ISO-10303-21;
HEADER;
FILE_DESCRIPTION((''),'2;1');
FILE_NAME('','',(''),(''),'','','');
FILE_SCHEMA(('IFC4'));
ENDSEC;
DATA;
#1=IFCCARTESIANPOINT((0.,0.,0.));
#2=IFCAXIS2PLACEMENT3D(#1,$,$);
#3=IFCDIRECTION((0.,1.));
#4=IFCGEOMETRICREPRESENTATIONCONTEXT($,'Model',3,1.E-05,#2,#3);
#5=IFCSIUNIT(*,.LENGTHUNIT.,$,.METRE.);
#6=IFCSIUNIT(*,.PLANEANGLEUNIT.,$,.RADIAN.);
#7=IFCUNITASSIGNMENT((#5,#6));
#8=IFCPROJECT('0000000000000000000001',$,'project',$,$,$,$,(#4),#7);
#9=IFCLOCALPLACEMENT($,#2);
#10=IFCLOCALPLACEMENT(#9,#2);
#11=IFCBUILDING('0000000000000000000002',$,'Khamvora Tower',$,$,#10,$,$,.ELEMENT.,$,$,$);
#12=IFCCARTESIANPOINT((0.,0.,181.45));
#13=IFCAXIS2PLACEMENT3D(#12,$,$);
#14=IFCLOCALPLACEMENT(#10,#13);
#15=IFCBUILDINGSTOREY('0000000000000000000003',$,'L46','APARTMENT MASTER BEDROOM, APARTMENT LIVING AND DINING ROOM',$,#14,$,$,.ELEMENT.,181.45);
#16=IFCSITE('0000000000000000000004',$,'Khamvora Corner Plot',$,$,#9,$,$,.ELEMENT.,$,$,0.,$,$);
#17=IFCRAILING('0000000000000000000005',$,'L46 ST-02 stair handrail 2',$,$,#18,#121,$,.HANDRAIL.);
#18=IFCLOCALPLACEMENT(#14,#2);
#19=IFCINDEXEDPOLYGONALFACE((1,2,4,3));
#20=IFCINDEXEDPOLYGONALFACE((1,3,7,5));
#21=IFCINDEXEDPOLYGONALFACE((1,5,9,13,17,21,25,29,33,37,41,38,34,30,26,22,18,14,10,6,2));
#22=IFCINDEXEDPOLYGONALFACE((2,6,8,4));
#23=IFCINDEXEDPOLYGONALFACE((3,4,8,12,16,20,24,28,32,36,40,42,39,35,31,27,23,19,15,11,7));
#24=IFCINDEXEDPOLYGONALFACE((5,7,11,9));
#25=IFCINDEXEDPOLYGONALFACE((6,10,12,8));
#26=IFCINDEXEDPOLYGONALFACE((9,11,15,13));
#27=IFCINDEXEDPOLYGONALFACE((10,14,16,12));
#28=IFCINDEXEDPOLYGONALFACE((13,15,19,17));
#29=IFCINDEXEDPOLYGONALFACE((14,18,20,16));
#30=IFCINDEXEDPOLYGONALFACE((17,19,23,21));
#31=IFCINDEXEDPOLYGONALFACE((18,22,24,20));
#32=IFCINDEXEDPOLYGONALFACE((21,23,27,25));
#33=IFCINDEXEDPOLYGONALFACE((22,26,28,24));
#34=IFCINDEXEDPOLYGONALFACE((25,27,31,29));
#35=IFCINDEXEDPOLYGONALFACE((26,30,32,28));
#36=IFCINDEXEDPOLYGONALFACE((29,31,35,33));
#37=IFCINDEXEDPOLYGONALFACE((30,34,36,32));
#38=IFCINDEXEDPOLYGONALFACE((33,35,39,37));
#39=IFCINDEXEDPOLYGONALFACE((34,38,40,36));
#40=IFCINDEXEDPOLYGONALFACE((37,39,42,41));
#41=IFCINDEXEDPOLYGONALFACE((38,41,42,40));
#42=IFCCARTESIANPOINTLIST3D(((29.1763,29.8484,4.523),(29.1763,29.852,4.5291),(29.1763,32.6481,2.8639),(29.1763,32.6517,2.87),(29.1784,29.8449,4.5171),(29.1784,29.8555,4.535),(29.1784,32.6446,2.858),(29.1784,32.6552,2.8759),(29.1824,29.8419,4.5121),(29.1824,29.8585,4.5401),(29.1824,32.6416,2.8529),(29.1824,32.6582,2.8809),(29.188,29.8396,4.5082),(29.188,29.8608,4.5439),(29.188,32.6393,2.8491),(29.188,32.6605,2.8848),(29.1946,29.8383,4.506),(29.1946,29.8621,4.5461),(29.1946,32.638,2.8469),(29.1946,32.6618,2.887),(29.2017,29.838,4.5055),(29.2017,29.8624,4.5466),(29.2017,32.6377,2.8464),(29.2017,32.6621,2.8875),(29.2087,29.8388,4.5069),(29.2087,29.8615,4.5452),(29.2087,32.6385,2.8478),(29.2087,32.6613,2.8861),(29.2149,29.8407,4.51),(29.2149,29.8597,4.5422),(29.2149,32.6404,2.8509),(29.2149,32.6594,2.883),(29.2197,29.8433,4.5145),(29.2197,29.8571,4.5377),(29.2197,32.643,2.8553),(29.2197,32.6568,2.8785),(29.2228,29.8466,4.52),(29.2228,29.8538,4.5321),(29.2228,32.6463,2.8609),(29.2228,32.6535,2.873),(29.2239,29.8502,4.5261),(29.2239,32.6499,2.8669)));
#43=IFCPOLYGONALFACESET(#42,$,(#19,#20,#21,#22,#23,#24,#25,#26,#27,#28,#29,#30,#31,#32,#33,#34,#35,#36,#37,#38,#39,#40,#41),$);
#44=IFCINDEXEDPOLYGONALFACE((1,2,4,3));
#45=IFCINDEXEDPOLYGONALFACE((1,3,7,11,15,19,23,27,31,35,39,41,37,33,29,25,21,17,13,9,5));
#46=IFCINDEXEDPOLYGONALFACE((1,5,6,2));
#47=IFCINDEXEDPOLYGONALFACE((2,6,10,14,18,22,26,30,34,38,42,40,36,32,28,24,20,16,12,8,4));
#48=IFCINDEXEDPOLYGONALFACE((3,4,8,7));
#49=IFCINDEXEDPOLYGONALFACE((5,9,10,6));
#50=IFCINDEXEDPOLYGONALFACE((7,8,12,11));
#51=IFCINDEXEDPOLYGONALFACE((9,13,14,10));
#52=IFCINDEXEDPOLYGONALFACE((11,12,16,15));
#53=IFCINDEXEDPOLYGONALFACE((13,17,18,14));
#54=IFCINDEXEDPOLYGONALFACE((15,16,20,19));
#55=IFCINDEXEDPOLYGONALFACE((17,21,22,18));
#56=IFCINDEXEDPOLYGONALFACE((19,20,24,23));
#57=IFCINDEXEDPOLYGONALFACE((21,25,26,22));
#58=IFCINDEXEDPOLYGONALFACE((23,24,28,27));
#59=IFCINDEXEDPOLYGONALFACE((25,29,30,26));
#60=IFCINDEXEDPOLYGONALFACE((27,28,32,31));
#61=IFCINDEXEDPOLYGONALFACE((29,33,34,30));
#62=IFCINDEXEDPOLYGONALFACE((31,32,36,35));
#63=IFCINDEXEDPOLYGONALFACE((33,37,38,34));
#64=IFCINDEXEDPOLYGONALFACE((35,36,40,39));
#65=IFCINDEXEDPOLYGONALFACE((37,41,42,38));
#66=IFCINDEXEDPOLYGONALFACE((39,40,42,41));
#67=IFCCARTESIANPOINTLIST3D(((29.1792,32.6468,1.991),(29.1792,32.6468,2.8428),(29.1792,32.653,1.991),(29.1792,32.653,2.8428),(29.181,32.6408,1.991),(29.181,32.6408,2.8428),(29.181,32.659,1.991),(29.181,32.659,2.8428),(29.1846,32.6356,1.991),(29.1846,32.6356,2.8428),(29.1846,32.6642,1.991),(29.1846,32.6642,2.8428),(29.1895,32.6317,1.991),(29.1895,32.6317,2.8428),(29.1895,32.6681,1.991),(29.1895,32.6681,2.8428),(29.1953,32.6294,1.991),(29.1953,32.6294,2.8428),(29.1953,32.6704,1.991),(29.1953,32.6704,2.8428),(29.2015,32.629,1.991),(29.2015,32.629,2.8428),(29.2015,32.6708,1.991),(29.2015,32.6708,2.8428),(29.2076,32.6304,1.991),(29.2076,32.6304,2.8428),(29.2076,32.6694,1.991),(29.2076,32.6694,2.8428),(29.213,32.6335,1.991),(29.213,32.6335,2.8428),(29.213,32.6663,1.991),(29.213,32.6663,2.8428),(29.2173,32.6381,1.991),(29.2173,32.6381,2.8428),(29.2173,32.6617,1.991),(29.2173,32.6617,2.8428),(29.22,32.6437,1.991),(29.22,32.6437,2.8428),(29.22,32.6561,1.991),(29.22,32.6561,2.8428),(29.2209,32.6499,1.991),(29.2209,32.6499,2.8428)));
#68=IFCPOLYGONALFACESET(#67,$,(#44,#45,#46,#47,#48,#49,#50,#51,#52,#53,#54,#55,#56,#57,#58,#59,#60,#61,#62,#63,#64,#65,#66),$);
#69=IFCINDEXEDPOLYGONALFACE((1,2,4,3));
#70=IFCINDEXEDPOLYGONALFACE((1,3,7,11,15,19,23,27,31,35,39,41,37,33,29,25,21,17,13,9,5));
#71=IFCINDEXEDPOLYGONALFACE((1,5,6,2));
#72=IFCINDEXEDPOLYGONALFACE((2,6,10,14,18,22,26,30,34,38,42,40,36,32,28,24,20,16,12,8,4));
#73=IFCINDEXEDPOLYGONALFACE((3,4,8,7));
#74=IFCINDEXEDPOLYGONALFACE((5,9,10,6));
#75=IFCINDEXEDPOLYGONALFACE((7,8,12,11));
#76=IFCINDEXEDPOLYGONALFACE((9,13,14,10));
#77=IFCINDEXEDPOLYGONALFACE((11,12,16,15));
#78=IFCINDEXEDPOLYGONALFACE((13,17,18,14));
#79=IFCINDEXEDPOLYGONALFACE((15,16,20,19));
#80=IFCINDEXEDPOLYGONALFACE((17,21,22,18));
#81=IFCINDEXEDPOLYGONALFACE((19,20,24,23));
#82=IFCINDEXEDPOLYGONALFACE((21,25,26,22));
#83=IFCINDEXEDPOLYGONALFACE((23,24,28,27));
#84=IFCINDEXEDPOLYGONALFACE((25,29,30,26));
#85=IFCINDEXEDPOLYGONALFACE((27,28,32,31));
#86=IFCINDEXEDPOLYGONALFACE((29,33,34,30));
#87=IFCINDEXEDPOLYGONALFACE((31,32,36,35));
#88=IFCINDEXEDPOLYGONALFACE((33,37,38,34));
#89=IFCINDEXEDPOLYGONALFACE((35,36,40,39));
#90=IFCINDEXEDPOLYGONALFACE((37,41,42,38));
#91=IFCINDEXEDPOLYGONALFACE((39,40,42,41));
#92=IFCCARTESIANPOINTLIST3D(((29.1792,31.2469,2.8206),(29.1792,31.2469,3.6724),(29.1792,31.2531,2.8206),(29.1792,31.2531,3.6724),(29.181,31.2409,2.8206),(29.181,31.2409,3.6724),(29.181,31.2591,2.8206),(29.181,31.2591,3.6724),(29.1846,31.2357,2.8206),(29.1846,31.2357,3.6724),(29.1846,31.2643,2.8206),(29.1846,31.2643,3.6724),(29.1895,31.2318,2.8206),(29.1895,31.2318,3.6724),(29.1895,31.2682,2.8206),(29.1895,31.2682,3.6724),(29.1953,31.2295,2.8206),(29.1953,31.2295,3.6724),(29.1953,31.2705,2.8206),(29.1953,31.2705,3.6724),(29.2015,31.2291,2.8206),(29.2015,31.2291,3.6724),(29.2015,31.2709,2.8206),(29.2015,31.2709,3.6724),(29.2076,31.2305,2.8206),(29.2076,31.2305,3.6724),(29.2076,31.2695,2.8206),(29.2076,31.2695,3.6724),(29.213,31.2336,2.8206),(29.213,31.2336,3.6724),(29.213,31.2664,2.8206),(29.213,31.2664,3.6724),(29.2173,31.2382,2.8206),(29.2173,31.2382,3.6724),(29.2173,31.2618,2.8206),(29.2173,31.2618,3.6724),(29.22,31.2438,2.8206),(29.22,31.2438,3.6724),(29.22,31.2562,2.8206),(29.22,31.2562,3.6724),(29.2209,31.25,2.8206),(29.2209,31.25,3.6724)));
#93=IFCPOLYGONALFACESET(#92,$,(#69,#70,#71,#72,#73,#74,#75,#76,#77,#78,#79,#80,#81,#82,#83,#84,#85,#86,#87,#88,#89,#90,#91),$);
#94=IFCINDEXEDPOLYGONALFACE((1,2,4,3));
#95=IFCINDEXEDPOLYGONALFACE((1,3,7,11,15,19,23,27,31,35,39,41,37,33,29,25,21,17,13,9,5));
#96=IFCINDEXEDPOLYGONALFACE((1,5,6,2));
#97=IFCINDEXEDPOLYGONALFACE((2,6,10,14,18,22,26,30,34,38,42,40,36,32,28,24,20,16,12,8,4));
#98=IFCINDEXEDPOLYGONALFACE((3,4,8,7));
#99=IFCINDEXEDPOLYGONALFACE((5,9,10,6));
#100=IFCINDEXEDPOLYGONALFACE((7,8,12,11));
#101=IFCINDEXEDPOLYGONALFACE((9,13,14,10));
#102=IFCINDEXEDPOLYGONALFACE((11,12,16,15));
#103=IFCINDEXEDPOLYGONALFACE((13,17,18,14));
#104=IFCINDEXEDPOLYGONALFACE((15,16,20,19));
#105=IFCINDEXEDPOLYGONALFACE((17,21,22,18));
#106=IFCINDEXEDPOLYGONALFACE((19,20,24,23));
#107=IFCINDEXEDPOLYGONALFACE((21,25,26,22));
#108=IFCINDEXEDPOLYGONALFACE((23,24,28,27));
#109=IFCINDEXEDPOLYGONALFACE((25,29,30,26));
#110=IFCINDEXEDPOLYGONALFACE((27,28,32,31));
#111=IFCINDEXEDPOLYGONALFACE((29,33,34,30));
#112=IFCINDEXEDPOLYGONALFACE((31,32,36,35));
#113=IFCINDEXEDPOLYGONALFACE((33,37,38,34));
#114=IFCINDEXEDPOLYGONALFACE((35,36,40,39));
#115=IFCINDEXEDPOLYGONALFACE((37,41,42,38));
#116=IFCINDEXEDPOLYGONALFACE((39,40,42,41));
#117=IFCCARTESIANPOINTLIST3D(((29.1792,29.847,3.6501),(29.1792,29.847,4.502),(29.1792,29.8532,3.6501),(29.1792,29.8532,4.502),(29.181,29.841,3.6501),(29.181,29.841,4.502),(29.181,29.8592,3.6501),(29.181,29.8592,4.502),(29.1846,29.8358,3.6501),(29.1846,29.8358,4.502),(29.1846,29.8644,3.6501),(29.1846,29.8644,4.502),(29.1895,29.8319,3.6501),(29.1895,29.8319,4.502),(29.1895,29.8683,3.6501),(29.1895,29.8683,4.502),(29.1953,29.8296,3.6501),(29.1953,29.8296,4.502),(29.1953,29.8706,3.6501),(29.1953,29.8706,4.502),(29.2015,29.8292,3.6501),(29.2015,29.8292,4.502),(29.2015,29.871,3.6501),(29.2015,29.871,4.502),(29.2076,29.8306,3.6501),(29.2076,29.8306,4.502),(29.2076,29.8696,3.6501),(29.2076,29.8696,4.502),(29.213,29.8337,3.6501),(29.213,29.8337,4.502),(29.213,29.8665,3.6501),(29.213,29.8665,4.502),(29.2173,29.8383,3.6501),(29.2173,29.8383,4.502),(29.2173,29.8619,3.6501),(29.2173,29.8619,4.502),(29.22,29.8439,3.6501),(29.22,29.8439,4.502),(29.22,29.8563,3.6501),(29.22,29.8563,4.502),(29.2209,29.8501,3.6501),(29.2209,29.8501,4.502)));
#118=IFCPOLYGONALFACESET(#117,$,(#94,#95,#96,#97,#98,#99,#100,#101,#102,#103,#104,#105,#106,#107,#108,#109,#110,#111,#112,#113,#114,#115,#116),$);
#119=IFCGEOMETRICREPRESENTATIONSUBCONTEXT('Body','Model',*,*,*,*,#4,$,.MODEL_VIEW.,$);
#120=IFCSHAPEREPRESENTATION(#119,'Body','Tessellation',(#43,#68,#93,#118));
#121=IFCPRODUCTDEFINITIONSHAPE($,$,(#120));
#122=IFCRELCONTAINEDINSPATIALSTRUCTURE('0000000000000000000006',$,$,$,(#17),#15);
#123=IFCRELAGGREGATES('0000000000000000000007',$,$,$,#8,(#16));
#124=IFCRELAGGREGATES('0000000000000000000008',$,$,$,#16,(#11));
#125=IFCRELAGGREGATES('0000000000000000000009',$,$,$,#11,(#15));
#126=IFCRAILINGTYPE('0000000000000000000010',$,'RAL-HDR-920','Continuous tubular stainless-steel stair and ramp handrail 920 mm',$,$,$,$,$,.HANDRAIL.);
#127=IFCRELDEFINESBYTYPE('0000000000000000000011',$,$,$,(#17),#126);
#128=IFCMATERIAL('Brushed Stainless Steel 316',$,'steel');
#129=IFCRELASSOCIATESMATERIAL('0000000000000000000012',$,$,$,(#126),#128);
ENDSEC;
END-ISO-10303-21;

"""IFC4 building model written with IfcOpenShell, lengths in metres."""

from ifc_helpers import new_model, si_unit, direction, frame, origin, origin_2d, place, context, subcontext, project, spatial, circle, extrude, material, type_object, element, save


model = new_model("IFC4")

# Units and contexts
model_context = context("Model", 3, precision=1e-05, world=origin(), true_north=direction((0.0, 1.0)))
body_context = subcontext(model_context, "Body", "Model", "MODEL_VIEW")
ifc_project = project(units=[si_unit("LENGTHUNIT", "METRE"), si_unit("PLANEANGLEUNIT", "RADIAN")], contexts=[model_context])

# Site, building, storey
site_placement = place(None, origin())
site = spatial("IfcSite", under=ifc_project, at=site_placement, Name="Khamvora Corner Plot", CompositionType="ELEMENT", RefElevation=0.0)
building_placement = place(site_placement, origin())
building = spatial("IfcBuilding", under=site, at=building_placement, Name="Khamvora Tower", CompositionType="ELEMENT")
storey_placement = place(building_placement, frame((0.0, 0.0, 181.45)))
storey = spatial("IfcBuildingStorey", under=building, at=storey_placement, Name="L46", Description="APARTMENT MASTER BEDROOM, APARTMENT LIVING AND DINING ROOM", CompositionType="ELEMENT", Elevation=181.45)

# Railing
ifc_material_1 = material(Name="Brushed Stainless Steel 316", Category="steel")
railing_type_1 = type_object("IfcRailingType", Name="RAL-HDR-920", Description="Continuous tubular stainless-steel stair and ramp handrail 920 mm", PredefinedType="HANDRAIL", material=ifc_material_1)
railing_1_placement = place(storey_placement, frame((29.2, 32.6499, 1.991)))
element("IfcRailing", 1, at=railing_1_placement, inside=storey, type_object=railing_type_1, Name="L46 ST-02 stair handrail 2", PredefinedType="HANDRAIL", context=body_context, shape_type="SweptSolid", body=[
    extrude(circle(Radius=0.0239, at=origin_2d()), frame((0.0, 0.0, 0.876), z_axis=(0.0, -0.860287, 0.509811), x_axis=(1.0, 0.0, 0.0)), (0.0, 0.0, 1.0), 3.2544),
    extrude(circle(Radius=0.021, at=origin_2d()), origin(), (0.0, 0.0, 1.0), 0.8518),
    extrude(circle(Radius=0.021, at=origin_2d()), frame((0.0, -1.3999, 0.8296)), (0.0, 0.0, 1.0), 0.8518),
    extrude(circle(Radius=0.021, at=origin_2d()), frame((0.0, -2.7998, 1.6592)), (0.0, 0.0, 1.0), 0.8518),
])

save(model, "model.ifc")
